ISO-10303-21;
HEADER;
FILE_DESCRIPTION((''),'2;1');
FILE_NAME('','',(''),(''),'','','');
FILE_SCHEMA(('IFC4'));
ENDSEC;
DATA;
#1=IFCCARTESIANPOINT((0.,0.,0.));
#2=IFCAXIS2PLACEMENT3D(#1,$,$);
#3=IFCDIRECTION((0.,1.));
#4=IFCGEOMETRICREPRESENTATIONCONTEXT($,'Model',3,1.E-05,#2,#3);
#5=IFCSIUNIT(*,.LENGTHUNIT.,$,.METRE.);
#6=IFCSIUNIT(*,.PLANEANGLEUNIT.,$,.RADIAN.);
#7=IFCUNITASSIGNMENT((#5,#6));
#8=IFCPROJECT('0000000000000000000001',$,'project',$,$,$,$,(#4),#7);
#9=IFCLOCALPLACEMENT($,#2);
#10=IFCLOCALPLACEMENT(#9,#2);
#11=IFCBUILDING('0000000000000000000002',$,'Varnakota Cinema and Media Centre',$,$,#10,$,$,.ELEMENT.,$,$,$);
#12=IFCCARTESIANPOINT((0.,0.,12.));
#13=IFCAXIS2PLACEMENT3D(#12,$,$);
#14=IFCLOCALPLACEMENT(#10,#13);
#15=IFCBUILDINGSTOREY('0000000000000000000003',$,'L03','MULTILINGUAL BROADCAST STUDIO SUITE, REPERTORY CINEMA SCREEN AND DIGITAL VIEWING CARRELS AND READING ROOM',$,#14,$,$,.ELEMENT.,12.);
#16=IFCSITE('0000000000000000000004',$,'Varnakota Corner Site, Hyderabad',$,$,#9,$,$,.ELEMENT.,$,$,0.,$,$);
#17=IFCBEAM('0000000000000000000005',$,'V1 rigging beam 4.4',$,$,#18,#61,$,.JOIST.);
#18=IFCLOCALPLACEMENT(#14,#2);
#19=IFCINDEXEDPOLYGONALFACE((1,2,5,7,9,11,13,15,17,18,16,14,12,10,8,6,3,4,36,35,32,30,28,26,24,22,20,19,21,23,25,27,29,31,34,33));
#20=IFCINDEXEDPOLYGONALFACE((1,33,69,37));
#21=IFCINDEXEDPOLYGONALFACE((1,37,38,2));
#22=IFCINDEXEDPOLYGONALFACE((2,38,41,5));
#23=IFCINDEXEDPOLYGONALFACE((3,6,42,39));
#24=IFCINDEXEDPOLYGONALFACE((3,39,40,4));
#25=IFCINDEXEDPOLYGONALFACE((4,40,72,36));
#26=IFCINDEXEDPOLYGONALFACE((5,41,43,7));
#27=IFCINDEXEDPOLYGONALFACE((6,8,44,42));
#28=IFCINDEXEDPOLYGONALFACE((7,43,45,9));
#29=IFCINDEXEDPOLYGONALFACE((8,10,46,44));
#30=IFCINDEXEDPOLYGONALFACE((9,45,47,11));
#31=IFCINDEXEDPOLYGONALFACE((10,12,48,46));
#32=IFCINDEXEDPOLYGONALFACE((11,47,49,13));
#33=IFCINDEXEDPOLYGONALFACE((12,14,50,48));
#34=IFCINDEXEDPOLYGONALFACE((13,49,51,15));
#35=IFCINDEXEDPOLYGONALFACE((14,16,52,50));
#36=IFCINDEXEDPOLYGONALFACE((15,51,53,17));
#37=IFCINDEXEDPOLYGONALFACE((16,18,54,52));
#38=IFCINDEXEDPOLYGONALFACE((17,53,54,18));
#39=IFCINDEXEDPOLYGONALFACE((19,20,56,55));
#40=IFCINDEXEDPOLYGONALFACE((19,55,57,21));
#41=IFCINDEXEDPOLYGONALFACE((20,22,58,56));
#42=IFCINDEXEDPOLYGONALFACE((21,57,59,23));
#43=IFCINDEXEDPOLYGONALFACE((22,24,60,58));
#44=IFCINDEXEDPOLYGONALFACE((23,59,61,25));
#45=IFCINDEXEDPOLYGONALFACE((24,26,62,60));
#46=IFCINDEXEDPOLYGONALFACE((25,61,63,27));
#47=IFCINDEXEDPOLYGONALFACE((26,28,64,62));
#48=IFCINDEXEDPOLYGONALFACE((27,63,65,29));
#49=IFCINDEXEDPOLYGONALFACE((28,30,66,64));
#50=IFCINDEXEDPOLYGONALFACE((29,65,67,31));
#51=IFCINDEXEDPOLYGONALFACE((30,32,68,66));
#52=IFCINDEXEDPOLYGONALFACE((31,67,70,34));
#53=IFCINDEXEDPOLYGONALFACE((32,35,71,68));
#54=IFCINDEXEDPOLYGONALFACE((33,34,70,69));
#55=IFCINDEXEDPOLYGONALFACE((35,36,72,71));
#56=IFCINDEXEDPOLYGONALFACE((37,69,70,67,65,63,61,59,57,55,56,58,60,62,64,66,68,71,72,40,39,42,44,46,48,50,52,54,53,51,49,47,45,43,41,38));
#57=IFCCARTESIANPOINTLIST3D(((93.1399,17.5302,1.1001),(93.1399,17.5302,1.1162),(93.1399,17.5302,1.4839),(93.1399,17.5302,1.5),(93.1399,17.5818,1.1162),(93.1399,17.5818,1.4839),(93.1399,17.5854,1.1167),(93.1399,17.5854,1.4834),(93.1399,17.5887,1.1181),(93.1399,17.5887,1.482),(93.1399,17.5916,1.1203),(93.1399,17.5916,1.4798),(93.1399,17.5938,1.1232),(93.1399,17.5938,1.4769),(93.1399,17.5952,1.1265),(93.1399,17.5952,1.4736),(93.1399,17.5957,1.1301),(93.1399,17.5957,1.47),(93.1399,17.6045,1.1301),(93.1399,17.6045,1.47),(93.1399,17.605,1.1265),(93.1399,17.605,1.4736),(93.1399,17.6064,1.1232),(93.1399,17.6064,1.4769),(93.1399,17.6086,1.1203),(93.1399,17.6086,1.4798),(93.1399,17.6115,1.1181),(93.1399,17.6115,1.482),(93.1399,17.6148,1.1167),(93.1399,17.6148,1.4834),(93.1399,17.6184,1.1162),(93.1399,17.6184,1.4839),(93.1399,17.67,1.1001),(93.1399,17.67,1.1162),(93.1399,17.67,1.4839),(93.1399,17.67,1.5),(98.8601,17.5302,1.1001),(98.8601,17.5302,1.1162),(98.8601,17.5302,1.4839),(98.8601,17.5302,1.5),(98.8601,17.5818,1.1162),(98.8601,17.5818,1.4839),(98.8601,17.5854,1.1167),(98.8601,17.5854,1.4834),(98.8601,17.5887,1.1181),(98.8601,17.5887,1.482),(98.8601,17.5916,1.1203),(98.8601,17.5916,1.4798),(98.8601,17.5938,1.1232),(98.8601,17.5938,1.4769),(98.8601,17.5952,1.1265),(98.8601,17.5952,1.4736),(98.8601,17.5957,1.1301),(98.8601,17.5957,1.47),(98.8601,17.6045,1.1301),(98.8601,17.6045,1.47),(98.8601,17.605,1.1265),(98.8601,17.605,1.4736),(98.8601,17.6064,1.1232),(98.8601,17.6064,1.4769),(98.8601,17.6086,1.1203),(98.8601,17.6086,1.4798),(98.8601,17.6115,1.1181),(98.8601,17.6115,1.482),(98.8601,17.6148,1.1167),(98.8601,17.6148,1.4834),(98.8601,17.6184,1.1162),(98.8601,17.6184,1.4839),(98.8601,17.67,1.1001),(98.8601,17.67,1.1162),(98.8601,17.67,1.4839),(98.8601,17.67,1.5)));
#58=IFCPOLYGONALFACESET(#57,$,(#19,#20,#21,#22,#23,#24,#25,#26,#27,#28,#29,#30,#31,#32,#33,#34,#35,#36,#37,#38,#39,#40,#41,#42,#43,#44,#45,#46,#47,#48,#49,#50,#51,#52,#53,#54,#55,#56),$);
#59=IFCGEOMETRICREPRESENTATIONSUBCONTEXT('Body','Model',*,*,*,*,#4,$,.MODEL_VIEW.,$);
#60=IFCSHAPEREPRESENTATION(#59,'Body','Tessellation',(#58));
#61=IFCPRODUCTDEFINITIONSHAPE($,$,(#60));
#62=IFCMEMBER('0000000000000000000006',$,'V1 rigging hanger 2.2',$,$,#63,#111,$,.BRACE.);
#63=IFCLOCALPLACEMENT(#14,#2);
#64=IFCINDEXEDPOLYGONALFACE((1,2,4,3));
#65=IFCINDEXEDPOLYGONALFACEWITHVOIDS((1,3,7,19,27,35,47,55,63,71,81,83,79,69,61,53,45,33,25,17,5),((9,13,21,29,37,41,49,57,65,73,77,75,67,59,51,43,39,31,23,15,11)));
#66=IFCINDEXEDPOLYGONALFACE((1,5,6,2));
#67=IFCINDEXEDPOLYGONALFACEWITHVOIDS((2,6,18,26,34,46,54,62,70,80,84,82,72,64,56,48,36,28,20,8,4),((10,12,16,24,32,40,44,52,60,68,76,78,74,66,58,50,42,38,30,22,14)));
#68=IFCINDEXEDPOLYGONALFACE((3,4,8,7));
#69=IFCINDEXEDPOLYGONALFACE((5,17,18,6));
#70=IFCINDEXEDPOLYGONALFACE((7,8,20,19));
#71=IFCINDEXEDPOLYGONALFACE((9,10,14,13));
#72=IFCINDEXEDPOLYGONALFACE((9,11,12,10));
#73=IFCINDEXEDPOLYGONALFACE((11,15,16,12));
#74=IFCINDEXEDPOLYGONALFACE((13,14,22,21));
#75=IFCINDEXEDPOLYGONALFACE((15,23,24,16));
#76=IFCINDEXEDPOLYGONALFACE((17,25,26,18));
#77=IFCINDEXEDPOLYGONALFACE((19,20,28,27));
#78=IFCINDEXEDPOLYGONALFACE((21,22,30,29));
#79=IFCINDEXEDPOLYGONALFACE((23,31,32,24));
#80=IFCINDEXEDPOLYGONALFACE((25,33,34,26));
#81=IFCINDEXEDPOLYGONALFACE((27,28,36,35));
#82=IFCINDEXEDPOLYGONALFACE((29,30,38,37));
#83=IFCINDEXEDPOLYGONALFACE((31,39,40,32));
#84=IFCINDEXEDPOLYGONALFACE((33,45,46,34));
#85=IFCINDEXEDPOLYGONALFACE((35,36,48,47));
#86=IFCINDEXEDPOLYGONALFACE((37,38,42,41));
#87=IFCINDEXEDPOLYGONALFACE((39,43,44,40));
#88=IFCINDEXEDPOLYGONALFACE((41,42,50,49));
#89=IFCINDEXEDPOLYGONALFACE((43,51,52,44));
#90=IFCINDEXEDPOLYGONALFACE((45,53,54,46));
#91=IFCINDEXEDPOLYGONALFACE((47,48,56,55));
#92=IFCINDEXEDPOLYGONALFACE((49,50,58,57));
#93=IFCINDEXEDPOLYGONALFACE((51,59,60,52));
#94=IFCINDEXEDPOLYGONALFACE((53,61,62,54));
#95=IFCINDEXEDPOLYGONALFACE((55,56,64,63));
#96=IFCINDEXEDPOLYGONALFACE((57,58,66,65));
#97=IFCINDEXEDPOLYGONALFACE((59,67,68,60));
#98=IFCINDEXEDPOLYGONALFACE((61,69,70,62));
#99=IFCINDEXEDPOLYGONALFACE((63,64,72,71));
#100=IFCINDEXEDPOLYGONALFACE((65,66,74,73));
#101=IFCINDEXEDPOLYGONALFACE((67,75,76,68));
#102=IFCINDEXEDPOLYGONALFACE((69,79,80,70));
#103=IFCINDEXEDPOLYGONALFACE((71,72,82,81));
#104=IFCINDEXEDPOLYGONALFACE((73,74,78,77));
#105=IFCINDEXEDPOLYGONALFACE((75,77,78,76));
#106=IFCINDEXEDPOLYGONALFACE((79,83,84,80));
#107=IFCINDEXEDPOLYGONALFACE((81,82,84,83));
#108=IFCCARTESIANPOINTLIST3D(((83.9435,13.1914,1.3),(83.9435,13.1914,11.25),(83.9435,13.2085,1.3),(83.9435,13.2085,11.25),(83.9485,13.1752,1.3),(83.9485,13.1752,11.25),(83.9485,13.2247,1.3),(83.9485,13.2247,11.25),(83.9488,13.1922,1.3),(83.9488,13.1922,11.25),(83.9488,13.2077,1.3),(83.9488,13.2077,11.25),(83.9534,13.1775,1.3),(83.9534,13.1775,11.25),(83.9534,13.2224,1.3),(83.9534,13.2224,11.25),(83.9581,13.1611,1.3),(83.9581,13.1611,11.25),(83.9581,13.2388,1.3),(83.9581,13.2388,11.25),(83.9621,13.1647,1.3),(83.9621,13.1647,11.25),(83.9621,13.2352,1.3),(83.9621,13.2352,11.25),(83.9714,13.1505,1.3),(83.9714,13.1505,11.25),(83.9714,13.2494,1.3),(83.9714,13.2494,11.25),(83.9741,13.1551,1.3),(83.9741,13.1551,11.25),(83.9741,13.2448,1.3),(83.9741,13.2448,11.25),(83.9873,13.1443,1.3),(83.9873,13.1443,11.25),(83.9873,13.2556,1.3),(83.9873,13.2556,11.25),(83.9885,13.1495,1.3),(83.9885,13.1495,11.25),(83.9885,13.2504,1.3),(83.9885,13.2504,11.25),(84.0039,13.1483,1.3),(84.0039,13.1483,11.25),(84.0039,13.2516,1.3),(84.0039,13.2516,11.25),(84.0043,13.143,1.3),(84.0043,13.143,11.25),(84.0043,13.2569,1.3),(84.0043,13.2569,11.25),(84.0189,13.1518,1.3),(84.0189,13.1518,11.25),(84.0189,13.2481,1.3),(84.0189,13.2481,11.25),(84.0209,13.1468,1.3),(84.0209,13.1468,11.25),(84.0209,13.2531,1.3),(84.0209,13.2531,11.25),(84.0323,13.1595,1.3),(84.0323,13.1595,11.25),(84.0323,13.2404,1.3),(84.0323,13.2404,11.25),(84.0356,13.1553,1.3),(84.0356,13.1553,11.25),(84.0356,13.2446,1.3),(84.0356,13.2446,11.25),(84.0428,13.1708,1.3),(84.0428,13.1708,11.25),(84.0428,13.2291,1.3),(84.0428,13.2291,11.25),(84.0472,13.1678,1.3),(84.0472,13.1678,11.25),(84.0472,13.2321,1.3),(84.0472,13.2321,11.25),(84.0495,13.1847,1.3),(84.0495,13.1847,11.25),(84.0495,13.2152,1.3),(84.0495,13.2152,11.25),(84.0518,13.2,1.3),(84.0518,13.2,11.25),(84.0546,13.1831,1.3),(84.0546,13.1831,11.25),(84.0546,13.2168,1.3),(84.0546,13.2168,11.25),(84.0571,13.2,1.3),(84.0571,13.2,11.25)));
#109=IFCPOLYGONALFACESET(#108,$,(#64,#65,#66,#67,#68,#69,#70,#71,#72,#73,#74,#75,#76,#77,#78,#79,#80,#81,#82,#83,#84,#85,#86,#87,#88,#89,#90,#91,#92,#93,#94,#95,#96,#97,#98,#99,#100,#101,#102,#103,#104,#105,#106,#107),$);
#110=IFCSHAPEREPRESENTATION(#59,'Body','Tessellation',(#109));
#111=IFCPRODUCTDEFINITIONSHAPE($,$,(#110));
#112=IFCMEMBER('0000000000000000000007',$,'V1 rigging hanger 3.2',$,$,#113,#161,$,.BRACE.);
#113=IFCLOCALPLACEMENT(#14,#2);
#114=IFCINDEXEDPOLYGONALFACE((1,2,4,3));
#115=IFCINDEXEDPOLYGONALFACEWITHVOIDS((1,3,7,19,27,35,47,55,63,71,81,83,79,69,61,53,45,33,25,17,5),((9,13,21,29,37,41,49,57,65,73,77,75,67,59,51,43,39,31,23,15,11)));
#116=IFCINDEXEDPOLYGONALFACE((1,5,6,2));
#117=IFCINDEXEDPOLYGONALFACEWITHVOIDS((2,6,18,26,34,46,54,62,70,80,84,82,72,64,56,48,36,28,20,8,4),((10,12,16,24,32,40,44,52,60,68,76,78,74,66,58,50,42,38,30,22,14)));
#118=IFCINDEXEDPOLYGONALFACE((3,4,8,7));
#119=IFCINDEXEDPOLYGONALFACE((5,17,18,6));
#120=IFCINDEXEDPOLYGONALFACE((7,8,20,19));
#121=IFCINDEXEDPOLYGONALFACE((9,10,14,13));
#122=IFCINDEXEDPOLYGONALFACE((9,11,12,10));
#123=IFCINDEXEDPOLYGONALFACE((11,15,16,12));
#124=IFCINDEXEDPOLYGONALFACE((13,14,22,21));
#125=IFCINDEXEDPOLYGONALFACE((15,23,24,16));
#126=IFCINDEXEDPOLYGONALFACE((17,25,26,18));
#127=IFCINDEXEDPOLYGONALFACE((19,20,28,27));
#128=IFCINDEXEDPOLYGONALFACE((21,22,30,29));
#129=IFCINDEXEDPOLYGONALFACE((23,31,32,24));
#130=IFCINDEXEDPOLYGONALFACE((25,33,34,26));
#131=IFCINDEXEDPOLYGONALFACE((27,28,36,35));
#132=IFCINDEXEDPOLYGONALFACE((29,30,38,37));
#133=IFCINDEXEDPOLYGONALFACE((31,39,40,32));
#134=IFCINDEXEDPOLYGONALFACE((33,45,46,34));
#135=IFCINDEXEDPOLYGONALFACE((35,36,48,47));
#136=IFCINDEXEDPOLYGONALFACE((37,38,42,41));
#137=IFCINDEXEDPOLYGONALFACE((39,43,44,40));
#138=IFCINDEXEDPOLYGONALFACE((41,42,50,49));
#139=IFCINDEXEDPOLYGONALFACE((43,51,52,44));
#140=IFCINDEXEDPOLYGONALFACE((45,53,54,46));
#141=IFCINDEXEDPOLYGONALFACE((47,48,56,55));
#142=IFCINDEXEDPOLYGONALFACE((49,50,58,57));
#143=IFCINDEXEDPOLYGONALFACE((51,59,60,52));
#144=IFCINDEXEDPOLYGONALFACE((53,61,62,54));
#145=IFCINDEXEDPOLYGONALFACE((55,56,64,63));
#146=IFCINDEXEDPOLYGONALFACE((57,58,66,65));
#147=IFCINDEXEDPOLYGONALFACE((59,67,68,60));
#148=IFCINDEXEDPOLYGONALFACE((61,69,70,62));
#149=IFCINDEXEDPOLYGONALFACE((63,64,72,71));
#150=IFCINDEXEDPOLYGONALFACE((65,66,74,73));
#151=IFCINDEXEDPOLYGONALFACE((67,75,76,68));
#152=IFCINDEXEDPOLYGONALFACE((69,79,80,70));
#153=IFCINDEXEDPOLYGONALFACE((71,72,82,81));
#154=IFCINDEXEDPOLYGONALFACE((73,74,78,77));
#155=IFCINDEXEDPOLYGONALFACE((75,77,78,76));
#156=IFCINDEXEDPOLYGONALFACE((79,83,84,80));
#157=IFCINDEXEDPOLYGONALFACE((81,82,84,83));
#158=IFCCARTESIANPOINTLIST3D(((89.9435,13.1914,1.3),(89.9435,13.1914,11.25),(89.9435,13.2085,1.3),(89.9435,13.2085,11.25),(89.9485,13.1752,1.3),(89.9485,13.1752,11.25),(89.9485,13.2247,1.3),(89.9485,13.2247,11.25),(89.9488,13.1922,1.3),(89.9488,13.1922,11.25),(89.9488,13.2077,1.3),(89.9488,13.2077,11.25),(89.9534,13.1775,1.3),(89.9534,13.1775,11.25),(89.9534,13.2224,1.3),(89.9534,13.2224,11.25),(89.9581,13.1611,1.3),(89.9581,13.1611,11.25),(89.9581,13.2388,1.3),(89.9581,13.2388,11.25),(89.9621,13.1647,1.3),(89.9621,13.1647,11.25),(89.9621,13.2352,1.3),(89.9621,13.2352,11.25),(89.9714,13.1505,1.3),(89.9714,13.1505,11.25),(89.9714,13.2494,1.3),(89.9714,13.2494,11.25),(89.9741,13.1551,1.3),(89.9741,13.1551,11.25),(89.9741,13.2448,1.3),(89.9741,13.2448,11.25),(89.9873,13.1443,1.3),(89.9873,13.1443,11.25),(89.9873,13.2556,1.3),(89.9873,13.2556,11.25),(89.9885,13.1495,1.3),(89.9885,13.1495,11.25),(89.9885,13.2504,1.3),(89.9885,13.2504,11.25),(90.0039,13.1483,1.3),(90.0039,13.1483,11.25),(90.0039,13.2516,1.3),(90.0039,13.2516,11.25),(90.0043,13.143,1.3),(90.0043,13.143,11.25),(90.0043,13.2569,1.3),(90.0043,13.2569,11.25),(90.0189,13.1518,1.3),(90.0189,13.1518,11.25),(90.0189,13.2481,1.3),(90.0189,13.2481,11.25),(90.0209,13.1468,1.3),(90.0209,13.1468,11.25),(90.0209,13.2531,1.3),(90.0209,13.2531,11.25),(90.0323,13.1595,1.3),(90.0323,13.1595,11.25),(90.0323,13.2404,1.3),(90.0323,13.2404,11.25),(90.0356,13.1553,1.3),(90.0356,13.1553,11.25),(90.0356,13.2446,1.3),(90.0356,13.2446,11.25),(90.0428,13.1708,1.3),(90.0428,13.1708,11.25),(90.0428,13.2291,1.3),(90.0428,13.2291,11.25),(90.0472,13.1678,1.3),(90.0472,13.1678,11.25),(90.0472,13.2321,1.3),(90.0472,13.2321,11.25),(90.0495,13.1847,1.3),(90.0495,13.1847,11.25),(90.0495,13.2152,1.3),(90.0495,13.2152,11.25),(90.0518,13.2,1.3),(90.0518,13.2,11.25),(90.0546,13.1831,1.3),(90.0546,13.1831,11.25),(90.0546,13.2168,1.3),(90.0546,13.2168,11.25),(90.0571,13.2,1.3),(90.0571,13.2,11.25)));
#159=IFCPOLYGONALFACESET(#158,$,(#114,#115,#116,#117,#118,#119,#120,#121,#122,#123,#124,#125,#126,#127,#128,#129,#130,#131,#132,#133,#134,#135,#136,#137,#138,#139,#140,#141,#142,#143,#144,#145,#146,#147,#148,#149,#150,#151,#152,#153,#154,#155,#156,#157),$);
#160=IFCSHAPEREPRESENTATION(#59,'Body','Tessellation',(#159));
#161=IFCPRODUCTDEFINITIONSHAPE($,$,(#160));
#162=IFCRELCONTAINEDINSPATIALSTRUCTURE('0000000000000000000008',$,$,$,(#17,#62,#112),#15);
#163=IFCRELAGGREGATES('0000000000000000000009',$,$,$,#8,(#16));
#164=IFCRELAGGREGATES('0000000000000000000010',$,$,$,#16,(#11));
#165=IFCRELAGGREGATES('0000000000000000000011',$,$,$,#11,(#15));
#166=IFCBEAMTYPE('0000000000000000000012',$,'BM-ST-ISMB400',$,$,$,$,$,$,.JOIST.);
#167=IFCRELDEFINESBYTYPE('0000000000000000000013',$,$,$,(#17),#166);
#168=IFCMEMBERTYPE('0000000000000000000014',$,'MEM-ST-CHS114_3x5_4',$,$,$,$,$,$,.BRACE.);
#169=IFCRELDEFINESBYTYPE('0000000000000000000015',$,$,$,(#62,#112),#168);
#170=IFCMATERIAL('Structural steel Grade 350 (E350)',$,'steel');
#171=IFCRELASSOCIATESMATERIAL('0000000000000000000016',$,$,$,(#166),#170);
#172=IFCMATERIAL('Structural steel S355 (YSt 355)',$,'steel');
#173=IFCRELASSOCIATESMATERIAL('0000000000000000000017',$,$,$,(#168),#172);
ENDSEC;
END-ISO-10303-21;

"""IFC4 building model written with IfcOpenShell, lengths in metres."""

from ifc_helpers import new_model, si_unit, direction, frame, origin, origin_2d, place, context, subcontext, project, spatial, hollow_circle, i_section, extrude, material, material_profile, profile_set, type_object, element, save


model = new_model("IFC4")

# Units and contexts
model_context = context("Model", 3, precision=1e-05, world=origin(), true_north=direction((0.0, 1.0)))
body_context = subcontext(model_context, "Body", "Model", "MODEL_VIEW")
ifc_project = project(units=[si_unit("LENGTHUNIT", "METRE"), si_unit("PLANEANGLEUNIT", "RADIAN")], contexts=[model_context])

# Site, building, storey
site_placement = place(None, origin())
site = spatial("IfcSite", under=ifc_project, at=site_placement, Name="Varnakota Corner Site, Hyderabad", CompositionType="ELEMENT", RefElevation=0.0)
building_placement = place(site_placement, origin())
building = spatial("IfcBuilding", under=site, at=building_placement, Name="Varnakota Cinema and Media Centre", CompositionType="ELEMENT")
storey_placement = place(building_placement, frame((0.0, 0.0, 12.0)))
storey = spatial("IfcBuildingStorey", under=building, at=storey_placement, Name="L03", Description="MULTILINGUAL BROADCAST STUDIO SUITE, REPERTORY CINEMA SCREEN AND DIGITAL VIEWING CARRELS AND READING ROOM", CompositionType="ELEMENT", Elevation=12.0)

# Beam
ifc_material_1 = material(Name="Structural steel Grade 350 (E350)", Category="steel")
ifc_material_profile_1 = material_profile(ifc_material_1, i_section(OverallWidth=0.1399, OverallDepth=0.3999, WebThickness=0.0088, FlangeThickness=0.0161, FilletRadius=0.0139, at=origin_2d()), Name="ISMB 400")
ifc_profile_set_1 = profile_set([ifc_material_profile_1], Name="Structural steel Grade 350 (E350)")
beam_type_1 = type_object("IfcBeamType", Name="BM-ST-ISMB400", PredefinedType="JOIST", material=ifc_profile_set_1)
beam_placement = place(storey_placement, frame((93.1399, 17.6001, 1.3), z_axis=(1.0, 0.0, 0.0), x_axis=(0.0, 1.0, 0.0)))
element("IfcBeam", 1, at=beam_placement, inside=storey, type_object=beam_type_1, Name="V1 rigging beam 4.4", PredefinedType="JOIST", context=body_context, shape_type="SweptSolid", body=[
    extrude(i_section(OverallWidth=0.1399, OverallDepth=0.3999, WebThickness=0.0088, FlangeThickness=0.0161, FilletRadius=0.0139, at=origin_2d()), origin(), (0.0, 0.0, 1.0), 5.7202),
])

# Members
ifc_material_2 = material(Name="Structural steel S355 (YSt 355)", Category="steel")
ifc_material_profile_2 = material_profile(ifc_material_2, hollow_circle(Radius=0.0571, WallThickness=0.0054, at=origin_2d()), Name="CHS 114.3x5.4")
ifc_profile_set_2 = profile_set([ifc_material_profile_2], Name="Structural steel S355 (YSt 355)")
member_type_1 = type_object("IfcMemberType", Name="MEM-ST-CHS114_3x5_4", PredefinedType="BRACE", material=ifc_profile_set_2)
for number, where, z_axis, x_axis, name in (
    (2, (84.0, 13.2, 1.3), (0.0, 0.0, 1.0), (1.0, 0.0, 0.0), "V1 rigging hanger 2.2"),
    (3, (90.0, 13.2, 1.3), (0.0, 0.0, 1.0), (1.0, 0.0, 0.0), "V1 rigging hanger 3.2"),
):
    element("IfcMember", number, at=place(storey_placement, frame(where, z_axis=z_axis, x_axis=x_axis)), inside=storey, type_object=member_type_1, Name=name, PredefinedType="BRACE", context=body_context, shape_type="SweptSolid", body=[
        extrude(hollow_circle(Radius=0.0571, WallThickness=0.0054, at=origin_2d()), origin(), (0.0, 0.0, 1.0), 9.95),
    ])

save(model, "model.ifc")
